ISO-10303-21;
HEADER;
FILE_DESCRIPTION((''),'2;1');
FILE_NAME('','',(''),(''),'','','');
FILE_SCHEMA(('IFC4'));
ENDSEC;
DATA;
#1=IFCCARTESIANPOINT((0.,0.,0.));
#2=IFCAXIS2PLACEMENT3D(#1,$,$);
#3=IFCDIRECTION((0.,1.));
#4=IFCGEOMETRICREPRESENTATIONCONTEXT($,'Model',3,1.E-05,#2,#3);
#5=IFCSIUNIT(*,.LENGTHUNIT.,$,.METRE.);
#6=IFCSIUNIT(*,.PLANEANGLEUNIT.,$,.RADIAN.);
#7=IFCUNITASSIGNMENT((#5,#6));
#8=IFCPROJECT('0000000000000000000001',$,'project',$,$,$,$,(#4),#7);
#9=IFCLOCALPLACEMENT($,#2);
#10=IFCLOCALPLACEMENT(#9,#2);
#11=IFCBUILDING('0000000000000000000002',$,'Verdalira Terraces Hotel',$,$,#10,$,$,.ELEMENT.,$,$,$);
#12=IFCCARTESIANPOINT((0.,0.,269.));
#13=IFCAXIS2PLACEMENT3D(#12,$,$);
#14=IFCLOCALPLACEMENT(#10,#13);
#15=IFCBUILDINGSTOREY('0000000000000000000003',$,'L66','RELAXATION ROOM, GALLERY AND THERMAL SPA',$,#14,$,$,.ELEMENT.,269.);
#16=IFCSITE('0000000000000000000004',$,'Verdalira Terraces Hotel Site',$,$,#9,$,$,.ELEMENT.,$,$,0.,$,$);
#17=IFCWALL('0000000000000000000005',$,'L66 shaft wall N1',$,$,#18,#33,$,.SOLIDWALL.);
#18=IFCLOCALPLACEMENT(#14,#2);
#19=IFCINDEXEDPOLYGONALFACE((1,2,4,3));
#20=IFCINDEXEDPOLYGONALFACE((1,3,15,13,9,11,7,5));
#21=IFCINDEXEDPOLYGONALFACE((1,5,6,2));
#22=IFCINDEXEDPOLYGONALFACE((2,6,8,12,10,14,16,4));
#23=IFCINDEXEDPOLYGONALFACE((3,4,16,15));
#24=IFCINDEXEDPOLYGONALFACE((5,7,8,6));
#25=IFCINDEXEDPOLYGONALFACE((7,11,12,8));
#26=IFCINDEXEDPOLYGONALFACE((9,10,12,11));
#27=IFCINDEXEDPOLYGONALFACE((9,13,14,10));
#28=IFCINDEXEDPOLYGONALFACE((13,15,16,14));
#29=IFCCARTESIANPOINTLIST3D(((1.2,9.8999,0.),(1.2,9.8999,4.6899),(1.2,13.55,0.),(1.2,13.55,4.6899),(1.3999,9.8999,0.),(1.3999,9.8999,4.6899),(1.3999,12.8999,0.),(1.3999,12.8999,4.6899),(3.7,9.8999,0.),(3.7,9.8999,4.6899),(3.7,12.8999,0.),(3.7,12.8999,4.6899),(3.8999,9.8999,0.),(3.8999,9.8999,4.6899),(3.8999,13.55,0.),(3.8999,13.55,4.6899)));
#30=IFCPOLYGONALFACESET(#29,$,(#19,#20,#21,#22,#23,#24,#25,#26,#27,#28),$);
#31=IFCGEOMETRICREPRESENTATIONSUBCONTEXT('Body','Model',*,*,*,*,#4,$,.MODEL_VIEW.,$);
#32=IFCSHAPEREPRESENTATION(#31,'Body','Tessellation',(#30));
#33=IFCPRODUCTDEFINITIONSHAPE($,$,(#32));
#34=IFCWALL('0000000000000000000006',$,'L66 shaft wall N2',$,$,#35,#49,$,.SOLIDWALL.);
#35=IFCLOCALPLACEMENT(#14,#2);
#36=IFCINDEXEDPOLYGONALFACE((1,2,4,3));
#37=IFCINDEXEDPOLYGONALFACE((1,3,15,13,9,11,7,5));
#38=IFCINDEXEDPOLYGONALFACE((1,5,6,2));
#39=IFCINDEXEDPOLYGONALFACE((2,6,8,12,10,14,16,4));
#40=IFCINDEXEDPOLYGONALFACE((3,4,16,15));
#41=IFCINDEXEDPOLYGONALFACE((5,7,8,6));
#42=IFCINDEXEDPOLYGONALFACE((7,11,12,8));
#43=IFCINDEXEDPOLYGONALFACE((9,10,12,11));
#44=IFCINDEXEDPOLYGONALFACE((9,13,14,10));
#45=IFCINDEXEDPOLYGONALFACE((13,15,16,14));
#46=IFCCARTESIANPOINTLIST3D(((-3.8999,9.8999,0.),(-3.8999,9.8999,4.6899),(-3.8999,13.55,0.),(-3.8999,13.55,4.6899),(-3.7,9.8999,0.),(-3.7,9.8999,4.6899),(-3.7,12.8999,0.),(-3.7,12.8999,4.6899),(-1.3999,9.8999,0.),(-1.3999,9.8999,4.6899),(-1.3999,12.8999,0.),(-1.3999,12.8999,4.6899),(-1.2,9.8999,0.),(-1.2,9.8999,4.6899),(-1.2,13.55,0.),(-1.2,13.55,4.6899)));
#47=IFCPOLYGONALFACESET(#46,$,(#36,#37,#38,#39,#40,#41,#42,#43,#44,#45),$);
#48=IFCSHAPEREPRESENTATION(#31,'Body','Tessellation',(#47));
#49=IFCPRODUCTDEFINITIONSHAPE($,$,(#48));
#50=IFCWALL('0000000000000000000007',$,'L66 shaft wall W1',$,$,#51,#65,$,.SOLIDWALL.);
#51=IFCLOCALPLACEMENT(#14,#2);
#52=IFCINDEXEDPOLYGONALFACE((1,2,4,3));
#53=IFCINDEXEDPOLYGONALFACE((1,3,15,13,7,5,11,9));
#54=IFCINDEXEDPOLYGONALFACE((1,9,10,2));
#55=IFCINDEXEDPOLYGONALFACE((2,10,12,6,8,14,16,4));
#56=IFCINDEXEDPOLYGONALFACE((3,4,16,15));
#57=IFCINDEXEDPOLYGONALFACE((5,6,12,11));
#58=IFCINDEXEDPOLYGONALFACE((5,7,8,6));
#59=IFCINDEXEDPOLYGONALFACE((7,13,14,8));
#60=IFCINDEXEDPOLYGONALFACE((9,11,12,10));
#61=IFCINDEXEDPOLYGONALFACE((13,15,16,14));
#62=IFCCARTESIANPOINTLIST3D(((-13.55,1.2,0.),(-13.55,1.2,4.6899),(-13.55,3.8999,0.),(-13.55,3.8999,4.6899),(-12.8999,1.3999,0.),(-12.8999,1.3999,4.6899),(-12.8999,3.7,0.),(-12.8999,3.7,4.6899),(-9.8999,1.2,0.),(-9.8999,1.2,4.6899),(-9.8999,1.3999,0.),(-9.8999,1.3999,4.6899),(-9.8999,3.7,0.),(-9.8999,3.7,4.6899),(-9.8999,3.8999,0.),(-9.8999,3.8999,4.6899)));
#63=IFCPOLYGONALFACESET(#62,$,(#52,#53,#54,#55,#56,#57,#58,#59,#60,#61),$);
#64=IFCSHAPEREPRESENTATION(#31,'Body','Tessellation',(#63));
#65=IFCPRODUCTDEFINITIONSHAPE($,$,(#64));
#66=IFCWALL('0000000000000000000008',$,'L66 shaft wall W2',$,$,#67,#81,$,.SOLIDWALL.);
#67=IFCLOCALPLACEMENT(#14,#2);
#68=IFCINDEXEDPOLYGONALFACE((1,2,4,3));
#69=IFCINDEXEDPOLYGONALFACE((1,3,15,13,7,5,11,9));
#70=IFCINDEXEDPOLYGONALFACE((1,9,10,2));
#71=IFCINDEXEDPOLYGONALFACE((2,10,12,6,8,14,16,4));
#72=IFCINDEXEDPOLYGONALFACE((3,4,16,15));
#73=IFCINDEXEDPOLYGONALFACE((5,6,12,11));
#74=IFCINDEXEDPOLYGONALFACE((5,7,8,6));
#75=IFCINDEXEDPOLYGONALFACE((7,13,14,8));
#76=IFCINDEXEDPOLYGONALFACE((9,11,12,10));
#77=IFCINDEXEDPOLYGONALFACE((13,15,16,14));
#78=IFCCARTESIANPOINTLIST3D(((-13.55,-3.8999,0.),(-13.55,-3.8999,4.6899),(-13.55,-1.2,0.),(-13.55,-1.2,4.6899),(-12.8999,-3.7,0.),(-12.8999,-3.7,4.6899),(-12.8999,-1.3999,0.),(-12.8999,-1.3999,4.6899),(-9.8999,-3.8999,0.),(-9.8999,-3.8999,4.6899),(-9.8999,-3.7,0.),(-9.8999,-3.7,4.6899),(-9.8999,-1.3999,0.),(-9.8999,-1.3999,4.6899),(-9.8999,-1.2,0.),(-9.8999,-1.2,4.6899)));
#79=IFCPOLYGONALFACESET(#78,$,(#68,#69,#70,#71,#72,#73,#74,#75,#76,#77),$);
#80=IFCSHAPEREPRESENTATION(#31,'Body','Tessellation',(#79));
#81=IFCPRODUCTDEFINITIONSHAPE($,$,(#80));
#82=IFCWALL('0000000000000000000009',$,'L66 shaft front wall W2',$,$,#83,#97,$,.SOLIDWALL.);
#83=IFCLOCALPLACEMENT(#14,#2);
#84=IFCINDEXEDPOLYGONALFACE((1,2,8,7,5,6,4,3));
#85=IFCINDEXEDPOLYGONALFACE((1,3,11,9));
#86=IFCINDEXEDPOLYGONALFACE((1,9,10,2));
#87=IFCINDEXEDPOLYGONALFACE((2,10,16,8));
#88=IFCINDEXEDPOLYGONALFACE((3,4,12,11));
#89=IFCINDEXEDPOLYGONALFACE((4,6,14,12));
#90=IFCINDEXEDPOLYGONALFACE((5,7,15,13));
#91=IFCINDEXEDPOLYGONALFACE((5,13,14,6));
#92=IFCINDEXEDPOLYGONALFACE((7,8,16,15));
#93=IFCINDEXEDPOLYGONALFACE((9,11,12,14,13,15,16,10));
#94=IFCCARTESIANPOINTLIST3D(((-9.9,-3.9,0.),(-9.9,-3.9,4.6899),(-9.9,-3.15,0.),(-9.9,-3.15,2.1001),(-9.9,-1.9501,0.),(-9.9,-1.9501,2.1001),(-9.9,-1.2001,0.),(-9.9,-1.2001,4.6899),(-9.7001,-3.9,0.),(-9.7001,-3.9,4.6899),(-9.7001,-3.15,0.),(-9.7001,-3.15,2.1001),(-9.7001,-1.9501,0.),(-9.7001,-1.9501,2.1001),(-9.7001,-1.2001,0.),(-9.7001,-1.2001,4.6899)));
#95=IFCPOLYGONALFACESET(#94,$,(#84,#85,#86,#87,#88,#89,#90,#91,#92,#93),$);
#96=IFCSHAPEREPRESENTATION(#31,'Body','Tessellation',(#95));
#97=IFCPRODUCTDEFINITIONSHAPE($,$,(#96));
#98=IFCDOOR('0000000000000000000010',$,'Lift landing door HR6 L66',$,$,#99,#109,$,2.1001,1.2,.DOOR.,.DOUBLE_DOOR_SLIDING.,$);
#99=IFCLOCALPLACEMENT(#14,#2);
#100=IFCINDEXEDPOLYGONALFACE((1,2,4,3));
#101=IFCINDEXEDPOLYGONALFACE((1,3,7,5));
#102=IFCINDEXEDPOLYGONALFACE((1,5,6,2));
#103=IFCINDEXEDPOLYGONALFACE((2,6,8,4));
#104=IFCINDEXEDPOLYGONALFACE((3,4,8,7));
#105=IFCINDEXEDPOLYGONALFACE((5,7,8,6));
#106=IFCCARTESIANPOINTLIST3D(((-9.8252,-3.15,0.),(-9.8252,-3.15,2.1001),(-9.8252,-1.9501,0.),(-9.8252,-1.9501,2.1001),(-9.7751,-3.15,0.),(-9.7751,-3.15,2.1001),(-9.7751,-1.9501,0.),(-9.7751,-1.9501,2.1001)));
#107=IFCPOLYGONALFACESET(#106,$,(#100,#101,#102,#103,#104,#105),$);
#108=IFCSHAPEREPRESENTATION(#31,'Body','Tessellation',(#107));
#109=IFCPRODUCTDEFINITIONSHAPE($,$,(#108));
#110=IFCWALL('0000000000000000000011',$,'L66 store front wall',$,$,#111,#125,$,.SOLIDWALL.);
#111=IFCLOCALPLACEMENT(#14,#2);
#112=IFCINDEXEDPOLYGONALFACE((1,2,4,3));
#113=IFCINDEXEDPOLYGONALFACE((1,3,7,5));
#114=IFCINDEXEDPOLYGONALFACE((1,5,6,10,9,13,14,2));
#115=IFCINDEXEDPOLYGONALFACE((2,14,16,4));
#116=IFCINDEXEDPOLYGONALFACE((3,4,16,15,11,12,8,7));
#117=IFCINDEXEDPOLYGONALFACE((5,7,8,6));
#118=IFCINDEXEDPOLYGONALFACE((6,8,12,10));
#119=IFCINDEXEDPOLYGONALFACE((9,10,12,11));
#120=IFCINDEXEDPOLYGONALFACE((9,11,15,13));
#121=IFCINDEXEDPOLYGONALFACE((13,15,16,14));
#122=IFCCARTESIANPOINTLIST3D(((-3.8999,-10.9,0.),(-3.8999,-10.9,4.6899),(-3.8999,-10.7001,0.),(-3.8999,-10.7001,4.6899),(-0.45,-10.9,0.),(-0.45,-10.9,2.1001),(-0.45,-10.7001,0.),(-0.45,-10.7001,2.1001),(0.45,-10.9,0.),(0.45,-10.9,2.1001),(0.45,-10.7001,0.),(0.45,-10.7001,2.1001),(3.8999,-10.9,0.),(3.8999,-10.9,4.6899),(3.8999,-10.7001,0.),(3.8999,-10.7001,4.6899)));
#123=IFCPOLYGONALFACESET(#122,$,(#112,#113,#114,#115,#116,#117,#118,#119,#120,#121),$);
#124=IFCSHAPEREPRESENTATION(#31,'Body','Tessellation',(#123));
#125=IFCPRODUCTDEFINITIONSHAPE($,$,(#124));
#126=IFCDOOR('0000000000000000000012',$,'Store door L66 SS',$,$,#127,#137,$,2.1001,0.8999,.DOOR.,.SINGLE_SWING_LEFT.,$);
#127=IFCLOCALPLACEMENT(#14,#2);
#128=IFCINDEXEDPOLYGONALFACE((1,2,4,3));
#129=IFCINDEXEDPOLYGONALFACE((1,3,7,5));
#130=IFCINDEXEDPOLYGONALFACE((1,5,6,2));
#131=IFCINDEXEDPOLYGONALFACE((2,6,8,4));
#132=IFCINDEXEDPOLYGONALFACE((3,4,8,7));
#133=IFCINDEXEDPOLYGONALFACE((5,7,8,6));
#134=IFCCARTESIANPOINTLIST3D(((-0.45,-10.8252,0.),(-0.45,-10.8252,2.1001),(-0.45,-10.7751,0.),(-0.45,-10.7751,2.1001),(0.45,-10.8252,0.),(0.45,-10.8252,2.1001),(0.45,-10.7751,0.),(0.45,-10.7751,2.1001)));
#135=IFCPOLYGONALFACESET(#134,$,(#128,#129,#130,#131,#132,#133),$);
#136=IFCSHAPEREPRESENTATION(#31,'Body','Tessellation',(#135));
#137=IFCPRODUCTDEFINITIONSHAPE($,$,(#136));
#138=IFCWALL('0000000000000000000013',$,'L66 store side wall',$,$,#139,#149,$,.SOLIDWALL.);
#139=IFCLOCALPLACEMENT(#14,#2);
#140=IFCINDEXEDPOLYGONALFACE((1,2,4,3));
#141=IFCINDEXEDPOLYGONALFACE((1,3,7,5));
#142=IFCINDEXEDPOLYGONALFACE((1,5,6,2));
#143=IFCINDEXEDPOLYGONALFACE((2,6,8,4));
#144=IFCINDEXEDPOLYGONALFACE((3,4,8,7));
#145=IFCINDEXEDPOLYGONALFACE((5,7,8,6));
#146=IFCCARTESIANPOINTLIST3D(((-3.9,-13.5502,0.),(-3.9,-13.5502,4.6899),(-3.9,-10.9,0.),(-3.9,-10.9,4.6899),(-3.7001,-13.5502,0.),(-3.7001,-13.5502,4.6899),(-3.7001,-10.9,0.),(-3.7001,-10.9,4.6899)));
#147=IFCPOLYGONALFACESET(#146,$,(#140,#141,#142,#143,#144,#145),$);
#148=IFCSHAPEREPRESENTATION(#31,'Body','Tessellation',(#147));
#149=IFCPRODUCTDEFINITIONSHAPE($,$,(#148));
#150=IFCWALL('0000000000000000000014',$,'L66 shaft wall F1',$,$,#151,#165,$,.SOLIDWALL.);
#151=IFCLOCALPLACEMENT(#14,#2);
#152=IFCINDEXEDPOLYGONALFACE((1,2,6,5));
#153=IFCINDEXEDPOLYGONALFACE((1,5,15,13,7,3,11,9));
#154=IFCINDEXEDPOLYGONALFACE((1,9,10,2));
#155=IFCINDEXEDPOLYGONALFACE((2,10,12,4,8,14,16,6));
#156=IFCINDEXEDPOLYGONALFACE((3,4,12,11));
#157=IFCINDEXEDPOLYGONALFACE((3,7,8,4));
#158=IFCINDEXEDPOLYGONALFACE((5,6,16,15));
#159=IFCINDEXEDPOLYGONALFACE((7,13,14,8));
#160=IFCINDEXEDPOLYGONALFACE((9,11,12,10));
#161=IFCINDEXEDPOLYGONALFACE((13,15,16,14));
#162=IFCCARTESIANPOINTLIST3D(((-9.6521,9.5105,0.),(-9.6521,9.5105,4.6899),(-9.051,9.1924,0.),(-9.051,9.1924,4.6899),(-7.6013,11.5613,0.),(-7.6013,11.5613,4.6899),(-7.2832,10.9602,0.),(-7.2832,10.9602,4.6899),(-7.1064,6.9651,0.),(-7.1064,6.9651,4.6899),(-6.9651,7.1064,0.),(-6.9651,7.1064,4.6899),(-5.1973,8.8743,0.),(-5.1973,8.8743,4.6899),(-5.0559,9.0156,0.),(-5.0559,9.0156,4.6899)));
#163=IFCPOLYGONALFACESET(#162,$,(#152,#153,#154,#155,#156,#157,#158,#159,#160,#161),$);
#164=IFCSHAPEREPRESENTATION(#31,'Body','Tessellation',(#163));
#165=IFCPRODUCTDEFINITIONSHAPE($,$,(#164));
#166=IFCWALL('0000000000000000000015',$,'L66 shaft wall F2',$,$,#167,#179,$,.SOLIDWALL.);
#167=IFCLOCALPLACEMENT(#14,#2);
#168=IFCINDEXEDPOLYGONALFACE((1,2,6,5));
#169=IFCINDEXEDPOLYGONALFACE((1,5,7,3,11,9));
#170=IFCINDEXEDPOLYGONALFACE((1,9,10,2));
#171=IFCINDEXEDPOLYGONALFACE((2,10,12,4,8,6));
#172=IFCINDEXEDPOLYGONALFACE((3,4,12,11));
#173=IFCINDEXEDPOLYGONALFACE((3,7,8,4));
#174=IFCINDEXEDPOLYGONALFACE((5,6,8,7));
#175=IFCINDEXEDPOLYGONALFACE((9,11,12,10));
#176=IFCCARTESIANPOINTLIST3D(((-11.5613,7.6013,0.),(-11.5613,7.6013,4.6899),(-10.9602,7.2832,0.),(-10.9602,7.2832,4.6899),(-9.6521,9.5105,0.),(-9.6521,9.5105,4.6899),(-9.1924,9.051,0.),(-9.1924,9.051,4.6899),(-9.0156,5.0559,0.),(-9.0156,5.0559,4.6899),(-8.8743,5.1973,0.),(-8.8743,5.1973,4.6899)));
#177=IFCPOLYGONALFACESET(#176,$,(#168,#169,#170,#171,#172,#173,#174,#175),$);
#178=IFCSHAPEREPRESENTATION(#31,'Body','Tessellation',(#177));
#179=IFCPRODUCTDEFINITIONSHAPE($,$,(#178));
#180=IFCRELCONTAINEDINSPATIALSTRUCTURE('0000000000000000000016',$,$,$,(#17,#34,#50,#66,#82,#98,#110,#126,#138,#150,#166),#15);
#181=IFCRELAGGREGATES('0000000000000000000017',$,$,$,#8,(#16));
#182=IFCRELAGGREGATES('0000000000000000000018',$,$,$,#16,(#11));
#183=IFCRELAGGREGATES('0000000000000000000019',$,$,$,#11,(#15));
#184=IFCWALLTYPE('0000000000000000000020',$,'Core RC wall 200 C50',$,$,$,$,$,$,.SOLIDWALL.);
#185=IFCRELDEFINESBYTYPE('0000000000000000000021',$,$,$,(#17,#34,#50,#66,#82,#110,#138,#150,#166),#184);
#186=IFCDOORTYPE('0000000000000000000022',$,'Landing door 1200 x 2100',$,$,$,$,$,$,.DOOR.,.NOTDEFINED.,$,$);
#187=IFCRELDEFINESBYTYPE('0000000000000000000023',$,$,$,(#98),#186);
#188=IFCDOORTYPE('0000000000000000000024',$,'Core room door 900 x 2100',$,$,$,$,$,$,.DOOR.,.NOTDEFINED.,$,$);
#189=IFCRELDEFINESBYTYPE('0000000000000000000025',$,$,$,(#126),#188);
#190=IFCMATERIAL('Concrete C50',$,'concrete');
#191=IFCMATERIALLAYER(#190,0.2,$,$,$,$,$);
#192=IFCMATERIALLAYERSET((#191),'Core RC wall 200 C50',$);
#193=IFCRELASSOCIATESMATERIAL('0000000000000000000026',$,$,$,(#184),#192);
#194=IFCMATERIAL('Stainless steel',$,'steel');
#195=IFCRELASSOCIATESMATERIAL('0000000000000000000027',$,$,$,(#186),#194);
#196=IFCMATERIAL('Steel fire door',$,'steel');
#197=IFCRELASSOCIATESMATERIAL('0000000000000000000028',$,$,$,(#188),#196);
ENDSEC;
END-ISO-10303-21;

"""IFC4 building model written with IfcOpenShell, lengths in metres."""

from ifc_helpers import new_model, si_unit, direction, frame, frame_2d, origin, place, context, subcontext, project, spatial, polyline, rectangle, outline, extrude, material, layer, layer_set, type_object, element, fill, save


model = new_model("IFC4")

# Units and contexts
model_context = context("Model", 3, precision=1e-05, world=origin(), true_north=direction((0.0, 1.0)))
body_context = subcontext(model_context, "Body", "Model", "MODEL_VIEW")
ifc_project = project(units=[si_unit("LENGTHUNIT", "METRE"), si_unit("PLANEANGLEUNIT", "RADIAN")], contexts=[model_context])

# Site, building, storey
site_placement = place(None, origin())
site = spatial("IfcSite", under=ifc_project, at=site_placement, Name="Verdalira Terraces Hotel Site", CompositionType="ELEMENT", RefElevation=0.0)
building_placement = place(site_placement, origin())
building = spatial("IfcBuilding", under=site, at=building_placement, Name="Verdalira Terraces Hotel", CompositionType="ELEMENT")
storey_placement = place(building_placement, frame((0.0, 0.0, 269.0)))
storey = spatial("IfcBuildingStorey", under=building, at=storey_placement, Name="L66", Description="RELAXATION ROOM, GALLERY AND THERMAL SPA", CompositionType="ELEMENT", Elevation=269.0)

# Walls
ifc_material_1 = material(Name="Concrete C50", Category="concrete")
ifc_layer_1 = layer(ifc_material_1, 0.2)
ifc_layer_set_1 = layer_set([ifc_layer_1], Name="Core RC wall 200 C50")
wall_type_1 = type_object("IfcWallType", Name="Core RC wall 200 C50", PredefinedType="SOLIDWALL", material=ifc_layer_set_1)
wall_1_placement = place(storey_placement, origin())
element("IfcWall", 1, at=wall_1_placement, inside=storey, type_object=wall_type_1, Name="L66 shaft wall N1", PredefinedType="SOLIDWALL", context=body_context, shape_type="SweptSolid", body=[
    extrude(outline(polyline([(3.8999, 9.8999), (3.7, 9.8999), (3.7, 12.8999), (1.3999, 12.8999), (1.3999, 9.8999), (1.2, 9.8999), (1.2, 13.55), (3.8999, 13.55), (3.8999, 9.8999)])), origin(), (0.0, 0.0, 1.0), 4.6899),
])
wall_2_placement = place(storey_placement, origin())
element("IfcWall", 2, at=wall_2_placement, inside=storey, type_object=wall_type_1, Name="L66 shaft wall N2", PredefinedType="SOLIDWALL", context=body_context, shape_type="SweptSolid", body=[
    extrude(outline(polyline([(-3.8999, 13.55), (-1.2, 13.55), (-1.2, 9.8999), (-1.3999, 9.8999), (-1.3999, 12.8999), (-3.7, 12.8999), (-3.7, 9.8999), (-3.8999, 9.8999), (-3.8999, 13.55)])), origin(), (0.0, 0.0, 1.0), 4.6899),
])
wall_3_placement = place(storey_placement, origin())
element("IfcWall", 3, at=wall_3_placement, inside=storey, type_object=wall_type_1, Name="L66 shaft wall W1", PredefinedType="SOLIDWALL", context=body_context, shape_type="SweptSolid", body=[
    extrude(outline(polyline([(-13.55, 3.8999), (-9.8999, 3.8999), (-9.8999, 3.7), (-12.8999, 3.7), (-12.8999, 1.3999), (-9.8999, 1.3999), (-9.8999, 1.2), (-13.55, 1.2), (-13.55, 3.8999)])), origin(), (0.0, 0.0, 1.0), 4.6899),
])
wall_4_placement = place(storey_placement, origin())
element("IfcWall", 4, at=wall_4_placement, inside=storey, type_object=wall_type_1, Name="L66 shaft wall W2", PredefinedType="SOLIDWALL", context=body_context, shape_type="SweptSolid", body=[
    extrude(outline(polyline([(-13.55, -3.8999), (-13.55, -1.2), (-9.8999, -1.2), (-9.8999, -1.3999), (-12.8999, -1.3999), (-12.8999, -3.7), (-9.8999, -3.7), (-9.8999, -3.8999), (-13.55, -3.8999)])), origin(), (0.0, 0.0, 1.0), 4.6899),
])

# Walls, openings, doors
wall_5_placement = place(storey_placement, frame((-9.8, -1.2, 0.0), z_axis=(0.0, 0.0, 1.0), x_axis=(0.0, -1.0, 0.0)))
wall_5 = element("IfcWall", 5, at=wall_5_placement, inside=storey, type_object=wall_type_1, Name="L66 shaft front wall W2", PredefinedType="SOLIDWALL", context=body_context, shape_type="SweptSolid", body=[
    extrude(rectangle(XDim=2.7, YDim=0.2, at=frame_2d((1.3501, 0.0))), origin(), (0.0, 0.0, 1.0), 4.6899),
])
opening_1_placement = place(wall_5_placement, frame((0.75, 0.0, 0.0)))
opening_1 = element("IfcOpeningElement", 6, at=opening_1_placement, cuts=wall_5, PredefinedType="OPENING", context=body_context, shape_type="SweptSolid", body=[
    extrude(rectangle(XDim=1.2, YDim=2.1001, at=frame_2d((0.6001, 1.05))), frame((0.0, 0.1099, 0.0), z_axis=(0.0, -1.0, 0.0), x_axis=(1.0, 0.0, 0.0)), (0.0, 0.0, 1.0), 0.22),
])
ifc_material_2 = material(Name="Stainless steel", Category="steel")
door_type_1 = type_object("IfcDoorType", Name="Landing door 1200 x 2100", OperationType="NOTDEFINED", PredefinedType="DOOR", material=ifc_material_2)
door_1_placement = place(opening_1_placement, origin())
door_1 = element("IfcDoor", 7, at=door_1_placement, inside=storey, type_object=door_type_1, Name="Lift landing door HR6 L66", OperationType="DOUBLE_DOOR_SLIDING", OverallHeight=2.1001, OverallWidth=1.2, PredefinedType="DOOR", context=body_context, shape_type="SweptSolid", body=[
    extrude(rectangle(XDim=1.2, YDim=2.1001, at=frame_2d((0.6001, 1.05))), frame((0.0, 0.0249, 0.0), z_axis=(0.0, -1.0, 0.0), x_axis=(1.0, 0.0, 0.0)), (0.0, 0.0, 1.0), 0.05),
])
fill(opening_1, door_1)
wall_6_placement = place(storey_placement, frame((-3.8999, -10.8, 0.0), z_axis=(0.0, 0.0, 1.0), x_axis=(1.0, 0.0, 0.0)))
wall_6 = element("IfcWall", 8, at=wall_6_placement, inside=storey, type_object=wall_type_1, Name="L66 store front wall", PredefinedType="SOLIDWALL", context=body_context, shape_type="SweptSolid", body=[
    extrude(rectangle(XDim=7.7998, YDim=0.2, at=frame_2d((3.8999, 0.0))), origin(), (0.0, 0.0, 1.0), 4.6899),
])
opening_2_placement = place(wall_6_placement, frame((3.45, 0.0, 0.0)))
opening_2 = element("IfcOpeningElement", 9, at=opening_2_placement, cuts=wall_6, PredefinedType="OPENING", context=body_context, shape_type="SweptSolid", body=[
    extrude(rectangle(XDim=0.8999, YDim=2.1001, at=frame_2d((0.45, 1.05))), frame((0.0, 0.1099, 0.0), z_axis=(0.0, -1.0, 0.0), x_axis=(1.0, 0.0, 0.0)), (0.0, 0.0, 1.0), 0.22),
])
ifc_material_3 = material(Name="Steel fire door", Category="steel")
door_type_2 = type_object("IfcDoorType", Name="Core room door 900 x 2100", OperationType="NOTDEFINED", PredefinedType="DOOR", material=ifc_material_3)
door_2_placement = place(opening_2_placement, origin())
door_2 = element("IfcDoor", 10, at=door_2_placement, inside=storey, type_object=door_type_2, Name="Store door L66 SS", OperationType="SINGLE_SWING_LEFT", OverallHeight=2.1001, OverallWidth=0.8999, PredefinedType="DOOR", context=body_context, shape_type="SweptSolid", body=[
    extrude(rectangle(XDim=0.8999, YDim=2.1001, at=frame_2d((0.45, 1.05))), frame((0.0, 0.0249, 0.0), z_axis=(0.0, -1.0, 0.0), x_axis=(1.0, 0.0, 0.0)), (0.0, 0.0, 1.0), 0.05),
])
fill(opening_2, door_2)

# Walls
wall_7_placement = place(storey_placement, frame((-3.8, -10.8999, 0.0), z_axis=(0.0, 0.0, 1.0), x_axis=(0.0, -1.0, 0.0)))
element("IfcWall", 11, at=wall_7_placement, inside=storey, type_object=wall_type_1, Name="L66 store side wall", PredefinedType="SOLIDWALL", context=body_context, shape_type="SweptSolid", body=[
    extrude(rectangle(XDim=2.6501, YDim=0.2, at=frame_2d((1.3252, 0.0))), origin(), (0.0, 0.0, 1.0), 4.6899),
])
wall_8_placement = place(storey_placement, origin())
element("IfcWall", 12, at=wall_8_placement, inside=storey, type_object=wall_type_1, Name="L66 shaft wall F1", PredefinedType="SOLIDWALL", context=body_context, shape_type="SweptSolid", body=[
    extrude(outline(polyline([(-9.6521, 9.5105), (-7.6013, 11.5613), (-5.0559, 9.0156), (-5.1973, 8.8743), (-7.2832, 10.9602), (-9.051, 9.1924), (-6.9651, 7.1064), (-7.1064, 6.9651), (-9.6521, 9.5105)])), origin(), (0.0, 0.0, 1.0), 4.6899),
])
wall_9_placement = place(storey_placement, origin())
element("IfcWall", 13, at=wall_9_placement, inside=storey, type_object=wall_type_1, Name="L66 shaft wall F2", PredefinedType="SOLIDWALL", context=body_context, shape_type="SweptSolid", body=[
    extrude(outline(polyline([(-11.5613, 7.6013), (-9.6521, 9.5105), (-9.1924, 9.051), (-10.9602, 7.2832), (-8.8743, 5.1973), (-9.0156, 5.0559), (-11.5613, 7.6013)])), origin(), (0.0, 0.0, 1.0), 4.6899),
])

save(model, "model.ifc")
